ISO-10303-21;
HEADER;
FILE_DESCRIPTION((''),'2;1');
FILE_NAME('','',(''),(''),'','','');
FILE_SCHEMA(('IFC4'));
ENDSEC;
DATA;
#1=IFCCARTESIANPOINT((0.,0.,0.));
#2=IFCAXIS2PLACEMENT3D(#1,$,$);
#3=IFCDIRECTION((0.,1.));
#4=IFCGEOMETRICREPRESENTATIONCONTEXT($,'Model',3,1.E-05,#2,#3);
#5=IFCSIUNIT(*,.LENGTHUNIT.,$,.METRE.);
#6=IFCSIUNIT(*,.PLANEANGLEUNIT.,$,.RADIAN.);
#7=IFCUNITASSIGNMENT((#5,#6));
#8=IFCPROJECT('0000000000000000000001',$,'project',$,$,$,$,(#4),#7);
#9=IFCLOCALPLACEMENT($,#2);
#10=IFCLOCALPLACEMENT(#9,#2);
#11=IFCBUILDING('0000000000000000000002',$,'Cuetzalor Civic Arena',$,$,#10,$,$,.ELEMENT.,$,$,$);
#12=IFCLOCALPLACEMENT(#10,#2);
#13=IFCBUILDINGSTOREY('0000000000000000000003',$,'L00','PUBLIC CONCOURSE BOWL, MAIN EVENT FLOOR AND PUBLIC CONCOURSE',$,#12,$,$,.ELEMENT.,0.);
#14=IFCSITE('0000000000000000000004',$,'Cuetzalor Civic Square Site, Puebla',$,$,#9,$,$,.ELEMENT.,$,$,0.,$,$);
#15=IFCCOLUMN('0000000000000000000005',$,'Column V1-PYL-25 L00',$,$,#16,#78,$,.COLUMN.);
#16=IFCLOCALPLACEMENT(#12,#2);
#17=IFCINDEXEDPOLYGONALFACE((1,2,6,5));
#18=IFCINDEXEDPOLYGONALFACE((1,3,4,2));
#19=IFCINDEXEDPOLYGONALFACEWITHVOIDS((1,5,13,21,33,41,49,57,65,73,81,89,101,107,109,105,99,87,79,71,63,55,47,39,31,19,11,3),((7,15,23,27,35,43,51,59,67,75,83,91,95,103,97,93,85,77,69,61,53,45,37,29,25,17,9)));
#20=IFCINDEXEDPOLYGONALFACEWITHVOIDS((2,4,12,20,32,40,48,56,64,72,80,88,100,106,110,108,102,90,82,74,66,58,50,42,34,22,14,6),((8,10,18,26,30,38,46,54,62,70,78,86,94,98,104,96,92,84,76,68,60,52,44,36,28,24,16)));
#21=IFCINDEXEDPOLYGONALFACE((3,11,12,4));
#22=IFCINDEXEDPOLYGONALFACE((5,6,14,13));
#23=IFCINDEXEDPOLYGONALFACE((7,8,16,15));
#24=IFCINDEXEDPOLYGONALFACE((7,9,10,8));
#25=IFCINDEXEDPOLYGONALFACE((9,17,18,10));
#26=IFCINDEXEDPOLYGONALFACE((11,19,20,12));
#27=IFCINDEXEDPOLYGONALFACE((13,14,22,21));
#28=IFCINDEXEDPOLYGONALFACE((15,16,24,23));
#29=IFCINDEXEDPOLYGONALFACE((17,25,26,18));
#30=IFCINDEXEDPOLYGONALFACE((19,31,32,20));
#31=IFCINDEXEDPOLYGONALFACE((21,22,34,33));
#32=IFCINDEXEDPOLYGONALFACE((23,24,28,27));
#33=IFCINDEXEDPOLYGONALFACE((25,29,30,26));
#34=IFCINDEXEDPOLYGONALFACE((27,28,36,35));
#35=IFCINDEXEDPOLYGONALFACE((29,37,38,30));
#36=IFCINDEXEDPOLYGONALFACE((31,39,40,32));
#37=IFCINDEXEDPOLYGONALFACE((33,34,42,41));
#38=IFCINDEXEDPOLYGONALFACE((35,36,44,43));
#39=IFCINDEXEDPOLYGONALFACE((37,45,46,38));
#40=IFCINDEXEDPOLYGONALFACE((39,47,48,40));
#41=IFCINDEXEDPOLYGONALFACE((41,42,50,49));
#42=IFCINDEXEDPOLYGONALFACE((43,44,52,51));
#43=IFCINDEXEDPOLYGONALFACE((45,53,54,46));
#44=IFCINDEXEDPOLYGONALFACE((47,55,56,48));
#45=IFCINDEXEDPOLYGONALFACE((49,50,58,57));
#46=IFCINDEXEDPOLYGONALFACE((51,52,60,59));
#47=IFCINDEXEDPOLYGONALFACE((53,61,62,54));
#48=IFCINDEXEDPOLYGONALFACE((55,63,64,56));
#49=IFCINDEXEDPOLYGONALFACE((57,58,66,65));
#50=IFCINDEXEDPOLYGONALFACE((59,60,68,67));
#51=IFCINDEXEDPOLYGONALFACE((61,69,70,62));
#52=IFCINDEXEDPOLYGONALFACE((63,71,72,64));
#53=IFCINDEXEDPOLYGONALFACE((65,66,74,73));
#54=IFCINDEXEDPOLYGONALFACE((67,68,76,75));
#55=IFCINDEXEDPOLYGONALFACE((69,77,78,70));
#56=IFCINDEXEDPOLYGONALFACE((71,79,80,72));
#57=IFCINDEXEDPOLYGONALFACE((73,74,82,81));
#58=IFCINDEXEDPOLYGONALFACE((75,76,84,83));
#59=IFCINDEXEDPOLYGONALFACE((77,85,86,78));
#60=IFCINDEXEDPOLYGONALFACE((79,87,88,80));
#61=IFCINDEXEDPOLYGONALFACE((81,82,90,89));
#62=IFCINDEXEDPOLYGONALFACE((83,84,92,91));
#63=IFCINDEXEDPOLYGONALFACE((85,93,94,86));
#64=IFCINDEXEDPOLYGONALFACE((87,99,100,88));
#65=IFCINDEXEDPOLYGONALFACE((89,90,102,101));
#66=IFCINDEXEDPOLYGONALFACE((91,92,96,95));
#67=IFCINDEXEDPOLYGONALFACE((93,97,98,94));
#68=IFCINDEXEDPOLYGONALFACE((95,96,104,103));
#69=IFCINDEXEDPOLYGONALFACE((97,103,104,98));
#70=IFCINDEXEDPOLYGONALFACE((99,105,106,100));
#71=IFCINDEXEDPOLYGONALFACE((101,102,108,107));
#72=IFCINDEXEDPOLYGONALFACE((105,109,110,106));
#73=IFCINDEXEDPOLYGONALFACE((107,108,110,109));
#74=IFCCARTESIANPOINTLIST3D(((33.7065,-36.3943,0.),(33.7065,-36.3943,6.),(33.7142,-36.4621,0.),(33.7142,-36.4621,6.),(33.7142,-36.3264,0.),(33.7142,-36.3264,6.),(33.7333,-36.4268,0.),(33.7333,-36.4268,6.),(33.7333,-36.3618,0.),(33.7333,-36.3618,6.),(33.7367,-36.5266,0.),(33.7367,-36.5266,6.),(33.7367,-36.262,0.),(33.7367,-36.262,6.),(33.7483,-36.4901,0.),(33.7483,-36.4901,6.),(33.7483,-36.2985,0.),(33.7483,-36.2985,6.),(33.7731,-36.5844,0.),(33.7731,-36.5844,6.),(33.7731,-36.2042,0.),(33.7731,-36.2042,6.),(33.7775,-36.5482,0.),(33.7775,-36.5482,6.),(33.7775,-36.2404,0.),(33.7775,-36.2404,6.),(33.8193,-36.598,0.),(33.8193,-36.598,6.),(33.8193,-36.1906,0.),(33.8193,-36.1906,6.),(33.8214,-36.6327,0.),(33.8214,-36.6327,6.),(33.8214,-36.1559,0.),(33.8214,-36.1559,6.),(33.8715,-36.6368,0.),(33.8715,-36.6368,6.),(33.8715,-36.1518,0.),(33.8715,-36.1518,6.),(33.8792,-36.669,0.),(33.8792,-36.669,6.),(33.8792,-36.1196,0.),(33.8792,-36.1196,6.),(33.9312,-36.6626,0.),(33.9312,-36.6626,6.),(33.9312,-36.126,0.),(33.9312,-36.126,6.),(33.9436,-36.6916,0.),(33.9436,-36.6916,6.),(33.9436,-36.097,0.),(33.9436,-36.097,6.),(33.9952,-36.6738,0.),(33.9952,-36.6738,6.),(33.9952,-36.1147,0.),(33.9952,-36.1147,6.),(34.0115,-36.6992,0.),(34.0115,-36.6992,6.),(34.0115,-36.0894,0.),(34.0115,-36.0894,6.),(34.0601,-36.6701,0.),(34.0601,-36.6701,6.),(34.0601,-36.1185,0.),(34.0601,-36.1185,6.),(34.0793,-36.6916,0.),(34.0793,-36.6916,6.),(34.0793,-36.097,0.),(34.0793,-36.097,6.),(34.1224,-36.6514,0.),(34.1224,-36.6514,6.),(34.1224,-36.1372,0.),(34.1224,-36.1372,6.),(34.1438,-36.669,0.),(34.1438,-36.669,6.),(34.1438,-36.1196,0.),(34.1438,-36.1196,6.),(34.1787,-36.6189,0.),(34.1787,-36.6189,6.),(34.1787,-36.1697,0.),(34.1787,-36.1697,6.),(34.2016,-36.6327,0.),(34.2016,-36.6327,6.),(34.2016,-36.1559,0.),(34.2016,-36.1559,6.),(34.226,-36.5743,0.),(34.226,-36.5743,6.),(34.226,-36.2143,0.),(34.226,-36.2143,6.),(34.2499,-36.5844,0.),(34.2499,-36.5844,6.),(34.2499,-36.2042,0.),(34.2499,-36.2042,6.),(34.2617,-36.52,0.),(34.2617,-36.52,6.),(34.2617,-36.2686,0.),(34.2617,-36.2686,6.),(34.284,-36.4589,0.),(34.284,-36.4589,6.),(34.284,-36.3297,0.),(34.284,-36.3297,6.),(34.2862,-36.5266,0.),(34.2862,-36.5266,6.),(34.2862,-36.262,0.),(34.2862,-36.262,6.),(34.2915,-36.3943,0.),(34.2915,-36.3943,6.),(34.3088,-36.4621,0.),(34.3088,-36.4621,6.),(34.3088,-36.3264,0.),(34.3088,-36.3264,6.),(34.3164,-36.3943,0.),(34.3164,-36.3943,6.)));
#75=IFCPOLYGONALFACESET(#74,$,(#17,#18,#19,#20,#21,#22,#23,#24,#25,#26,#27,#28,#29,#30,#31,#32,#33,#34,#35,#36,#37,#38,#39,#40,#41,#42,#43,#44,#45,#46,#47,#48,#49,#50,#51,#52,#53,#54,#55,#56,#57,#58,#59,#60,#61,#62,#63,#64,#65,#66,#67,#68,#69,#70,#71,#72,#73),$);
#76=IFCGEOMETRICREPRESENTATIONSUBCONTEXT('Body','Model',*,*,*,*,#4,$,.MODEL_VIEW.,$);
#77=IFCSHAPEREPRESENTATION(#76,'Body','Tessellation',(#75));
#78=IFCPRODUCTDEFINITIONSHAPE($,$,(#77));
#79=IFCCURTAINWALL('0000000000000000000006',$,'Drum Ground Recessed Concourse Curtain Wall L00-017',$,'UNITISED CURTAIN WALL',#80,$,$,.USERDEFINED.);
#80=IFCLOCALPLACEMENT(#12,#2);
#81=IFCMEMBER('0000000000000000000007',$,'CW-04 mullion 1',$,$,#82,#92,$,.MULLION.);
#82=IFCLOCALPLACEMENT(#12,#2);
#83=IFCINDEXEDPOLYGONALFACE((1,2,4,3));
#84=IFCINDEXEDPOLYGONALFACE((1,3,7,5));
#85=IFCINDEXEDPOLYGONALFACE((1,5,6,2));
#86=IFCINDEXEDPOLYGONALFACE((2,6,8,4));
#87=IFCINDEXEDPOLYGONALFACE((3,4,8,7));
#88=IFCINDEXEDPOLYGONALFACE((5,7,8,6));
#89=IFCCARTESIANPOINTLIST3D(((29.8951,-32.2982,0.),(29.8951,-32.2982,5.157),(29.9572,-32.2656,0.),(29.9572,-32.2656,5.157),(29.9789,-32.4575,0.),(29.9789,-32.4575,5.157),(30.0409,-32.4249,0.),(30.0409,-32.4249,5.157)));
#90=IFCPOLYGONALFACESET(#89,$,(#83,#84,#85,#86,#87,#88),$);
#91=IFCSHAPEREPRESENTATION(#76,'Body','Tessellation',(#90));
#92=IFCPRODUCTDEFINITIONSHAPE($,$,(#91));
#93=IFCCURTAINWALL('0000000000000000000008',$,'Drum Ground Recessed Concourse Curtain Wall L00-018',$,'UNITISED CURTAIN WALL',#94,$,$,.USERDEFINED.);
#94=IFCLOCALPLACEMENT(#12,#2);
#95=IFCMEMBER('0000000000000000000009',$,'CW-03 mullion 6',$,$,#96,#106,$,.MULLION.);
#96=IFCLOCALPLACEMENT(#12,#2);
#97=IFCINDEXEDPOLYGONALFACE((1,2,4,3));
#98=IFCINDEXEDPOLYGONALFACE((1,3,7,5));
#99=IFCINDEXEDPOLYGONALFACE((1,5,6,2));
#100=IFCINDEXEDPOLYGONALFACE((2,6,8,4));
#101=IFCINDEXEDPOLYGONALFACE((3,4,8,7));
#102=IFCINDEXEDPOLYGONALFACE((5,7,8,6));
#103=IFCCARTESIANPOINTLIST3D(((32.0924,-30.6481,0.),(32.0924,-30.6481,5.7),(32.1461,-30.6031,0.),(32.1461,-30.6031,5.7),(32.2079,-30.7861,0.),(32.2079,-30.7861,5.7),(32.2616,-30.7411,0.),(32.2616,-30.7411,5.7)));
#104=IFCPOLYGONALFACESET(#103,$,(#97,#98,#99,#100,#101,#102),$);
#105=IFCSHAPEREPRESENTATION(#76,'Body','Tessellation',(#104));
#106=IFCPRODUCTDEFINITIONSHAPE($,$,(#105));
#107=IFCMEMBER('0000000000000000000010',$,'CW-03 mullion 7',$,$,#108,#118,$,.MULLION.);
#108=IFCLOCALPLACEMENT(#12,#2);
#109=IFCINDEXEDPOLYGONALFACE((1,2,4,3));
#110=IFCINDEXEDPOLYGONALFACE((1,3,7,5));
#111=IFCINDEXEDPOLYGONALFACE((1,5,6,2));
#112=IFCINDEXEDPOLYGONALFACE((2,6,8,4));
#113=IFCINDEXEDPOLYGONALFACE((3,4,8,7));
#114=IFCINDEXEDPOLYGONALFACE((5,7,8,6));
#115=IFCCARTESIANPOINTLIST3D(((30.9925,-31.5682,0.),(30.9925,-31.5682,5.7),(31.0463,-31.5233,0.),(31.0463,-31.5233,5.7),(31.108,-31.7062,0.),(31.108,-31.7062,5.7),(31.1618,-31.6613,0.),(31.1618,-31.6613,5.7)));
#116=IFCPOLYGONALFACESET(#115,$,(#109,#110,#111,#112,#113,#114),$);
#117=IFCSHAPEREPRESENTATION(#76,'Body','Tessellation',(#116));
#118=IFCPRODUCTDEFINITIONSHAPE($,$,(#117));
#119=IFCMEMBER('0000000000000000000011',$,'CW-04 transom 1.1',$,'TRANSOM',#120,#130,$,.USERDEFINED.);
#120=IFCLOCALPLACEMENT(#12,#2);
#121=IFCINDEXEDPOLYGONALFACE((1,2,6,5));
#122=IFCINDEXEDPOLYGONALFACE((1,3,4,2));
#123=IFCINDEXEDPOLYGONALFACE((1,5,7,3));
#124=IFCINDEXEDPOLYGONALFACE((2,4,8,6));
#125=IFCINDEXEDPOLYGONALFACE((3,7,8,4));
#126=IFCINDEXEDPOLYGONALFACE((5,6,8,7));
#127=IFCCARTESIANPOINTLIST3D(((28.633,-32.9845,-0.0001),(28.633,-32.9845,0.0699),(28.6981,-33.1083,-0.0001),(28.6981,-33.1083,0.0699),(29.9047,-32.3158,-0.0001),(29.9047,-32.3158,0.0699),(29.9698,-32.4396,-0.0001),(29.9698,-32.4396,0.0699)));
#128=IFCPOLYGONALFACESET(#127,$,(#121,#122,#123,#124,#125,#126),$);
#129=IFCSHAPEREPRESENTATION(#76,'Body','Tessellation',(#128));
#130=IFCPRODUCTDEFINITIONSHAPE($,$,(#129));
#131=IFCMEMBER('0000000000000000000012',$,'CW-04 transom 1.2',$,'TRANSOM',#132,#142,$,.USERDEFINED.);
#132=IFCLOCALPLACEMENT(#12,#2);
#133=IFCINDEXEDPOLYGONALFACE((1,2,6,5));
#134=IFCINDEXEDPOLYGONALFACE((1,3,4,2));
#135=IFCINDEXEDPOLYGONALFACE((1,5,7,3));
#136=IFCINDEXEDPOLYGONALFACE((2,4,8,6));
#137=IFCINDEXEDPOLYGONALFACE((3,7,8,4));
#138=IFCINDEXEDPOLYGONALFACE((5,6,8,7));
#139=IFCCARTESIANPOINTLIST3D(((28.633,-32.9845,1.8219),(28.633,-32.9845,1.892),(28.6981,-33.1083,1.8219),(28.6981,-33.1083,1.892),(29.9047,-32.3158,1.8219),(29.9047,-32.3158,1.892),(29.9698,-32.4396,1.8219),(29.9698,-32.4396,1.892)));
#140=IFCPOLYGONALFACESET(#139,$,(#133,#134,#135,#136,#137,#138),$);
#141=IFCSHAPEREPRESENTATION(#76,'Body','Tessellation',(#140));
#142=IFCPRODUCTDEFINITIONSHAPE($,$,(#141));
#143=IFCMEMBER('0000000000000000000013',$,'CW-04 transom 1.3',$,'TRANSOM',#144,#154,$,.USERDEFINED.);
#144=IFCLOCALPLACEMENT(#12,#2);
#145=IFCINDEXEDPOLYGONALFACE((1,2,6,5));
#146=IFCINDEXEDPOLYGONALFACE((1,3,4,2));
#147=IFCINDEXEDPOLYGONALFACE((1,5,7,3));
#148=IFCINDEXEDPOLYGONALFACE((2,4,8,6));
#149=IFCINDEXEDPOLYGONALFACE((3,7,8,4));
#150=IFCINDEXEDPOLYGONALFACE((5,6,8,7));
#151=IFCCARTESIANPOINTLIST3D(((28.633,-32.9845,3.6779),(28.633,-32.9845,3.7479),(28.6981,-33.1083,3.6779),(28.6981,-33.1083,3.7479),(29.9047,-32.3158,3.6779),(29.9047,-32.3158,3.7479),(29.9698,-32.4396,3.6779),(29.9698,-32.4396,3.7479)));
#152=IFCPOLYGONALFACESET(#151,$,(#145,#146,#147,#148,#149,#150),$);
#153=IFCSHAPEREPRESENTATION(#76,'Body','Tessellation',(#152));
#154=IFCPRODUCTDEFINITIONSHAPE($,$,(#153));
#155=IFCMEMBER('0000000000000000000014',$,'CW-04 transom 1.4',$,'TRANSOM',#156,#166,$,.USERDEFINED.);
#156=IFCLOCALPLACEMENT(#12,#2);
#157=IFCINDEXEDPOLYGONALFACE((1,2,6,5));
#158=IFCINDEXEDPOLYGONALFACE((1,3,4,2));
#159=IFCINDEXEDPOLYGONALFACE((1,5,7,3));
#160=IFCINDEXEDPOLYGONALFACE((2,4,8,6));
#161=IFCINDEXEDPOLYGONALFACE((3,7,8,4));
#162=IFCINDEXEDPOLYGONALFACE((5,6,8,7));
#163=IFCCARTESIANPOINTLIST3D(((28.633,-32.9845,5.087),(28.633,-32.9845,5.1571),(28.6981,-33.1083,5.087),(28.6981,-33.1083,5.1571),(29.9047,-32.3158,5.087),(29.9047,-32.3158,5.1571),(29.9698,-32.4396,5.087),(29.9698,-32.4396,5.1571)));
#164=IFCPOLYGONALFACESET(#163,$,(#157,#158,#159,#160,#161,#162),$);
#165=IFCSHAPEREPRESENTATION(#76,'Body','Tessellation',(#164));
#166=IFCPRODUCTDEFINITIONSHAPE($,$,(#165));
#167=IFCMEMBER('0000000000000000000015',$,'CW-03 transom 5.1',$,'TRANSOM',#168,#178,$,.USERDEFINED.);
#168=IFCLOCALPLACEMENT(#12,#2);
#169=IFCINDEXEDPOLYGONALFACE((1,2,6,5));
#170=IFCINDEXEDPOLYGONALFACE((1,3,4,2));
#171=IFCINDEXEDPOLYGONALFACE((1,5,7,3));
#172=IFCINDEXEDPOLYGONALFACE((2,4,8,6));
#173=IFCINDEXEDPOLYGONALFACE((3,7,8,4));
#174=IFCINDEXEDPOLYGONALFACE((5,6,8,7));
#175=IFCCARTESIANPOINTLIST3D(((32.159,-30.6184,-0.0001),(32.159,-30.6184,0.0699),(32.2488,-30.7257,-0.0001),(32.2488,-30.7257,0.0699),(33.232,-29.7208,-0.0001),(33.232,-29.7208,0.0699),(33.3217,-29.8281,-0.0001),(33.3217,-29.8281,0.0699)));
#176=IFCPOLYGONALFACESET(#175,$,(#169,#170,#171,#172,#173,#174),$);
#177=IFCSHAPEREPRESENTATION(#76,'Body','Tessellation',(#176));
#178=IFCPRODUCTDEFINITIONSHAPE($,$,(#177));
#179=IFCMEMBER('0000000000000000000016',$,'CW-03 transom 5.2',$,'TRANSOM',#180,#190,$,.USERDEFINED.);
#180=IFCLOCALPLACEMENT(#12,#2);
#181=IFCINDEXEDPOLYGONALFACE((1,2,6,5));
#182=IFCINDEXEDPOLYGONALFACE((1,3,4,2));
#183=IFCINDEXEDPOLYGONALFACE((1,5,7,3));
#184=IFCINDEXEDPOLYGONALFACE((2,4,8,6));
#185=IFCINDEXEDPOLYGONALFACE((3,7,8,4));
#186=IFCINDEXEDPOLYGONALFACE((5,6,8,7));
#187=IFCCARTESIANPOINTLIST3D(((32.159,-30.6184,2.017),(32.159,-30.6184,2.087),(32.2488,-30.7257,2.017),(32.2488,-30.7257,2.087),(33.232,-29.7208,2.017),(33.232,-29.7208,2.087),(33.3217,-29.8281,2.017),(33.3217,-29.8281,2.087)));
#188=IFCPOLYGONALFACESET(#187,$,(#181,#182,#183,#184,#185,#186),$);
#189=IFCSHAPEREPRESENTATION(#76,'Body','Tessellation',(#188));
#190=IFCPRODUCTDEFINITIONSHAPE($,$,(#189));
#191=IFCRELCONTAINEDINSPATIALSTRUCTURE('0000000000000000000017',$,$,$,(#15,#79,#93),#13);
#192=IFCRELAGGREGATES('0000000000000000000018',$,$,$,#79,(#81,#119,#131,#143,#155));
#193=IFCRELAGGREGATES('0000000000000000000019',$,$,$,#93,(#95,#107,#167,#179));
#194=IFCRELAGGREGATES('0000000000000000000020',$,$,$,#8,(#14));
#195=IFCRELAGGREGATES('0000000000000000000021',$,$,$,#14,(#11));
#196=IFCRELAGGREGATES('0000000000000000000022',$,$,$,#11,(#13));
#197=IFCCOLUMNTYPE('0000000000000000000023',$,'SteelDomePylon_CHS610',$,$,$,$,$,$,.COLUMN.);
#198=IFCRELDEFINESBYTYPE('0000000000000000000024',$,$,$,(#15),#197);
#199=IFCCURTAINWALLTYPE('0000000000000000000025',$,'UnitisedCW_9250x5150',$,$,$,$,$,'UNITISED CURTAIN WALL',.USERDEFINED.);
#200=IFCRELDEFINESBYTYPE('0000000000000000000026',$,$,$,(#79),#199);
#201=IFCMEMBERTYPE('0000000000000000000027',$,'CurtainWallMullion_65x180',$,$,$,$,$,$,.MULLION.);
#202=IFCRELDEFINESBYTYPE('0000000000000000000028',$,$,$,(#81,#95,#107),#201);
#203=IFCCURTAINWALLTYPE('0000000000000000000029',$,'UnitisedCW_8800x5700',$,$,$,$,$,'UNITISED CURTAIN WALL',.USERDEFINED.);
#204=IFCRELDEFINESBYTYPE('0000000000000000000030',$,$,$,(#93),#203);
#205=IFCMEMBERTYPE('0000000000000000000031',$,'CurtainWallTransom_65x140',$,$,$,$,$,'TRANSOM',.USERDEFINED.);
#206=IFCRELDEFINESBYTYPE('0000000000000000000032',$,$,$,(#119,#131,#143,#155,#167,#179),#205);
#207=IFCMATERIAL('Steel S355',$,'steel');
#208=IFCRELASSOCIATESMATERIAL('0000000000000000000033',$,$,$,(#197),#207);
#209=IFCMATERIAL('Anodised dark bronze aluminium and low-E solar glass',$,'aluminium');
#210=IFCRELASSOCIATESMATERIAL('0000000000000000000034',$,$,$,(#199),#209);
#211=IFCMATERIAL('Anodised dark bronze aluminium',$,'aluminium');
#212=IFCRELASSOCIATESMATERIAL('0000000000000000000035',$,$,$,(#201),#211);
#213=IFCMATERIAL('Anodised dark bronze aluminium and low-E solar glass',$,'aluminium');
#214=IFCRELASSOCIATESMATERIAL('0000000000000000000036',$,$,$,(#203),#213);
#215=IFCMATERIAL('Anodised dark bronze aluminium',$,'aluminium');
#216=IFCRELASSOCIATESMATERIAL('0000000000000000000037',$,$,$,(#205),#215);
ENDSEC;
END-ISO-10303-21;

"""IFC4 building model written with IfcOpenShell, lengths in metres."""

from ifc_helpers import new_model, si_unit, direction, frame, origin, origin_2d, place, context, subcontext, project, spatial, rectangle, hollow_circle, extrude, material, material_profile, profile_set, type_object, element, aggregate, save


model = new_model("IFC4")

# Units and contexts
model_context = context("Model", 3, precision=1e-05, world=origin(), true_north=direction((0.0, 1.0)))
body_context = subcontext(model_context, "Body", "Model", "MODEL_VIEW")
ifc_project = project(units=[si_unit("LENGTHUNIT", "METRE"), si_unit("PLANEANGLEUNIT", "RADIAN")], contexts=[model_context])

# Site, building, storey
site_placement = place(None, origin())
site = spatial("IfcSite", under=ifc_project, at=site_placement, Name="Cuetzalor Civic Square Site, Puebla", CompositionType="ELEMENT", RefElevation=0.0)
building_placement = place(site_placement, origin())
building = spatial("IfcBuilding", under=site, at=building_placement, Name="Cuetzalor Civic Arena", CompositionType="ELEMENT")
storey_placement = place(building_placement, origin())
storey = spatial("IfcBuildingStorey", under=building, at=storey_placement, Name="L00", Description="PUBLIC CONCOURSE BOWL, MAIN EVENT FLOOR AND PUBLIC CONCOURSE", CompositionType="ELEMENT", Elevation=0.0)

# Column
ifc_material_1 = material(Name="Steel S355", Category="steel")
ifc_material_profile_1 = material_profile(ifc_material_1, hollow_circle(Radius=0.3049, WallThickness=0.0249, at=origin_2d()), Name="CHS 610x25")
ifc_profile_set_1 = profile_set([ifc_material_profile_1], Name="Steel S355")
column_type_1 = type_object("IfcColumnType", Name="SteelDomePylon_CHS610", PredefinedType="COLUMN", material=ifc_profile_set_1)
column_1_placement = place(storey_placement, frame((34.0115, -36.3943, 0.0), z_axis=(0.0, 0.0, 1.0), x_axis=(1.0, 0.0, 0.0)))
element("IfcColumn", 1, at=column_1_placement, inside=storey, type_object=column_type_1, Name="Column V1-PYL-25 L00", PredefinedType="COLUMN", context=body_context, shape_type="SweptSolid", body=[
    extrude(hollow_circle(Radius=0.3049, WallThickness=0.0249, at=origin_2d()), origin(), (0.0, 0.0, 1.0), 6.0),
])

# Curtain wall, member
ifc_material_2 = material(Name="Anodised dark bronze aluminium and low-E solar glass", Category="aluminium")
curtain_wall_type_1 = type_object("IfcCurtainWallType", Name="UnitisedCW_9250x5150", ElementType="UNITISED CURTAIN WALL", PredefinedType="USERDEFINED", material=ifc_material_2)
curtain_wall_1_placement = place(storey_placement, origin())
curtain_wall_1 = element("IfcCurtainWall", 2, at=curtain_wall_1_placement, inside=storey, type_object=curtain_wall_type_1, Name="Drum Ground Recessed Concourse Curtain Wall L00-017", ObjectType="UNITISED CURTAIN WALL", PredefinedType="USERDEFINED")
ifc_material_3 = material(Name="Anodised dark bronze aluminium", Category="aluminium")
ifc_material_profile_2 = material_profile(ifc_material_3, rectangle(XDim=0.0701, YDim=0.1799, at=origin_2d()), Name="ALU MULLION 70x180")
ifc_profile_set_2 = profile_set([ifc_material_profile_2], Name="Anodised dark bronze aluminium")
member_type_1 = type_object("IfcMemberType", Name="CurtainWallMullion_65x180", PredefinedType="MULLION", material=ifc_profile_set_2)
member_1_placement = place(storey_placement, frame((29.968, -32.3616, 0.0), z_axis=(0.0, 0.0, 1.0), x_axis=(-0.885118, -0.465366, 0.0)))
member_1 = element("IfcMember", 3, at=member_1_placement, type_object=member_type_1, Name="CW-04 mullion 1", PredefinedType="MULLION", context=body_context, shape_type="SweptSolid", body=[
    extrude(rectangle(XDim=0.0701, YDim=0.1799, at=origin_2d()), origin(), (0.0, 0.0, 1.0), 5.157),
])

# Curtain wall, members
ifc_material_4 = material(Name="Anodised dark bronze aluminium and low-E solar glass", Category="aluminium")
curtain_wall_type_2 = type_object("IfcCurtainWallType", Name="UnitisedCW_8800x5700", ElementType="UNITISED CURTAIN WALL", PredefinedType="USERDEFINED", material=ifc_material_4)
curtain_wall_2_placement = place(storey_placement, origin())
curtain_wall_2 = element("IfcCurtainWall", 4, at=curtain_wall_2_placement, inside=storey, type_object=curtain_wall_type_2, Name="Drum Ground Recessed Concourse Curtain Wall L00-018", ObjectType="UNITISED CURTAIN WALL", PredefinedType="USERDEFINED")
member_2_placement = place(storey_placement, frame((32.177, -30.6946, 0.0), z_axis=(0.0, 0.0, 1.0), x_axis=(-0.766928, -0.641733, 0.0)))
member_2 = element("IfcMember", 5, at=member_2_placement, type_object=member_type_1, Name="CW-03 mullion 6", PredefinedType="MULLION", context=body_context, shape_type="SweptSolid", body=[
    extrude(rectangle(XDim=0.0701, YDim=0.1799, at=origin_2d()), origin(), (0.0, 0.0, 1.0), 5.7),
])
member_3_placement = place(storey_placement, frame((31.0771, -31.6147, 0.0), z_axis=(0.0, 0.0, 1.0), x_axis=(-0.766928, -0.641733, 0.0)))
member_3 = element("IfcMember", 6, at=member_3_placement, type_object=member_type_1, Name="CW-03 mullion 7", PredefinedType="MULLION", context=body_context, shape_type="SweptSolid", body=[
    extrude(rectangle(XDim=0.0701, YDim=0.1799, at=origin_2d()), origin(), (0.0, 0.0, 1.0), 5.7),
])

# Members
ifc_material_5 = material(Name="Anodised dark bronze aluminium", Category="aluminium")
ifc_material_profile_3 = material_profile(ifc_material_5, rectangle(XDim=0.1399, YDim=0.0701, at=origin_2d()), Name="ALU TRANSOM 70x140")
ifc_profile_set_3 = profile_set([ifc_material_profile_3], Name="Anodised dark bronze aluminium")
member_type_2 = type_object("IfcMemberType", Name="CurtainWallTransom_65x140", ElementType="TRANSOM", PredefinedType="USERDEFINED", material=ifc_profile_set_3)
member_4_placement = place(storey_placement, frame((29.9373, -32.3777, 0.0349), z_axis=(-0.885099, -0.465403, 0.0), x_axis=(0.465403, -0.885099, 0.0)))
member_4 = element("IfcMember", 7, at=member_4_placement, type_object=member_type_2, Name="CW-04 transom 1.1", ObjectType="TRANSOM", PredefinedType="USERDEFINED", context=body_context, shape_type="SweptSolid", body=[
    extrude(rectangle(XDim=0.1399, YDim=0.0701, at=origin_2d()), origin(), (0.0, 0.0, 1.0), 1.4368),
])
member_5_placement = place(storey_placement, frame((29.9373, -32.3777, 1.8569), z_axis=(-0.885099, -0.465403, 0.0), x_axis=(0.465403, -0.885099, 0.0)))
member_5 = element("IfcMember", 8, at=member_5_placement, type_object=member_type_2, Name="CW-04 transom 1.2", ObjectType="TRANSOM", PredefinedType="USERDEFINED", context=body_context, shape_type="SweptSolid", body=[
    extrude(rectangle(XDim=0.1399, YDim=0.0701, at=origin_2d()), origin(), (0.0, 0.0, 1.0), 1.4368),
])
member_6_placement = place(storey_placement, frame((29.9373, -32.3777, 3.7129), z_axis=(-0.885099, -0.465403, 0.0), x_axis=(0.465403, -0.885099, 0.0)))
member_6 = element("IfcMember", 9, at=member_6_placement, type_object=member_type_2, Name="CW-04 transom 1.3", ObjectType="TRANSOM", PredefinedType="USERDEFINED", context=body_context, shape_type="SweptSolid", body=[
    extrude(rectangle(XDim=0.1399, YDim=0.0701, at=origin_2d()), origin(), (0.0, 0.0, 1.0), 1.4368),
])
member_7_placement = place(storey_placement, frame((29.9373, -32.3777, 5.1221), z_axis=(-0.885099, -0.465403, 0.0), x_axis=(0.465403, -0.885099, 0.0)))
member_7 = element("IfcMember", 10, at=member_7_placement, type_object=member_type_2, Name="CW-04 transom 1.4", ObjectType="TRANSOM", PredefinedType="USERDEFINED", context=body_context, shape_type="SweptSolid", body=[
    extrude(rectangle(XDim=0.1399, YDim=0.0701, at=origin_2d()), origin(), (0.0, 0.0, 1.0), 1.4368),
])
member_8_placement = place(storey_placement, frame((33.2769, -29.7744, 0.0349), z_axis=(-0.766975, -0.641677, 0.0), x_axis=(0.641677, -0.766975, 0.0)))
member_8 = element("IfcMember", 11, at=member_8_placement, type_object=member_type_2, Name="CW-03 transom 5.1", ObjectType="TRANSOM", PredefinedType="USERDEFINED", context=body_context, shape_type="SweptSolid", body=[
    extrude(rectangle(XDim=0.1399, YDim=0.0701, at=origin_2d()), origin(), (0.0, 0.0, 1.0), 1.3989),
])
member_9_placement = place(storey_placement, frame((33.2769, -29.7744, 2.052), z_axis=(-0.766975, -0.641677, 0.0), x_axis=(0.641677, -0.766975, 0.0)))
member_9 = element("IfcMember", 12, at=member_9_placement, type_object=member_type_2, Name="CW-03 transom 5.2", ObjectType="TRANSOM", PredefinedType="USERDEFINED", context=body_context, shape_type="SweptSolid", body=[
    extrude(rectangle(XDim=0.1399, YDim=0.0701, at=origin_2d()), origin(), (0.0, 0.0, 1.0), 1.3989),
])

aggregate(curtain_wall_1, [member_1, member_4, member_5, member_6, member_7])
aggregate(curtain_wall_2, [member_2, member_3, member_8, member_9])

save(model, "model.ifc")
